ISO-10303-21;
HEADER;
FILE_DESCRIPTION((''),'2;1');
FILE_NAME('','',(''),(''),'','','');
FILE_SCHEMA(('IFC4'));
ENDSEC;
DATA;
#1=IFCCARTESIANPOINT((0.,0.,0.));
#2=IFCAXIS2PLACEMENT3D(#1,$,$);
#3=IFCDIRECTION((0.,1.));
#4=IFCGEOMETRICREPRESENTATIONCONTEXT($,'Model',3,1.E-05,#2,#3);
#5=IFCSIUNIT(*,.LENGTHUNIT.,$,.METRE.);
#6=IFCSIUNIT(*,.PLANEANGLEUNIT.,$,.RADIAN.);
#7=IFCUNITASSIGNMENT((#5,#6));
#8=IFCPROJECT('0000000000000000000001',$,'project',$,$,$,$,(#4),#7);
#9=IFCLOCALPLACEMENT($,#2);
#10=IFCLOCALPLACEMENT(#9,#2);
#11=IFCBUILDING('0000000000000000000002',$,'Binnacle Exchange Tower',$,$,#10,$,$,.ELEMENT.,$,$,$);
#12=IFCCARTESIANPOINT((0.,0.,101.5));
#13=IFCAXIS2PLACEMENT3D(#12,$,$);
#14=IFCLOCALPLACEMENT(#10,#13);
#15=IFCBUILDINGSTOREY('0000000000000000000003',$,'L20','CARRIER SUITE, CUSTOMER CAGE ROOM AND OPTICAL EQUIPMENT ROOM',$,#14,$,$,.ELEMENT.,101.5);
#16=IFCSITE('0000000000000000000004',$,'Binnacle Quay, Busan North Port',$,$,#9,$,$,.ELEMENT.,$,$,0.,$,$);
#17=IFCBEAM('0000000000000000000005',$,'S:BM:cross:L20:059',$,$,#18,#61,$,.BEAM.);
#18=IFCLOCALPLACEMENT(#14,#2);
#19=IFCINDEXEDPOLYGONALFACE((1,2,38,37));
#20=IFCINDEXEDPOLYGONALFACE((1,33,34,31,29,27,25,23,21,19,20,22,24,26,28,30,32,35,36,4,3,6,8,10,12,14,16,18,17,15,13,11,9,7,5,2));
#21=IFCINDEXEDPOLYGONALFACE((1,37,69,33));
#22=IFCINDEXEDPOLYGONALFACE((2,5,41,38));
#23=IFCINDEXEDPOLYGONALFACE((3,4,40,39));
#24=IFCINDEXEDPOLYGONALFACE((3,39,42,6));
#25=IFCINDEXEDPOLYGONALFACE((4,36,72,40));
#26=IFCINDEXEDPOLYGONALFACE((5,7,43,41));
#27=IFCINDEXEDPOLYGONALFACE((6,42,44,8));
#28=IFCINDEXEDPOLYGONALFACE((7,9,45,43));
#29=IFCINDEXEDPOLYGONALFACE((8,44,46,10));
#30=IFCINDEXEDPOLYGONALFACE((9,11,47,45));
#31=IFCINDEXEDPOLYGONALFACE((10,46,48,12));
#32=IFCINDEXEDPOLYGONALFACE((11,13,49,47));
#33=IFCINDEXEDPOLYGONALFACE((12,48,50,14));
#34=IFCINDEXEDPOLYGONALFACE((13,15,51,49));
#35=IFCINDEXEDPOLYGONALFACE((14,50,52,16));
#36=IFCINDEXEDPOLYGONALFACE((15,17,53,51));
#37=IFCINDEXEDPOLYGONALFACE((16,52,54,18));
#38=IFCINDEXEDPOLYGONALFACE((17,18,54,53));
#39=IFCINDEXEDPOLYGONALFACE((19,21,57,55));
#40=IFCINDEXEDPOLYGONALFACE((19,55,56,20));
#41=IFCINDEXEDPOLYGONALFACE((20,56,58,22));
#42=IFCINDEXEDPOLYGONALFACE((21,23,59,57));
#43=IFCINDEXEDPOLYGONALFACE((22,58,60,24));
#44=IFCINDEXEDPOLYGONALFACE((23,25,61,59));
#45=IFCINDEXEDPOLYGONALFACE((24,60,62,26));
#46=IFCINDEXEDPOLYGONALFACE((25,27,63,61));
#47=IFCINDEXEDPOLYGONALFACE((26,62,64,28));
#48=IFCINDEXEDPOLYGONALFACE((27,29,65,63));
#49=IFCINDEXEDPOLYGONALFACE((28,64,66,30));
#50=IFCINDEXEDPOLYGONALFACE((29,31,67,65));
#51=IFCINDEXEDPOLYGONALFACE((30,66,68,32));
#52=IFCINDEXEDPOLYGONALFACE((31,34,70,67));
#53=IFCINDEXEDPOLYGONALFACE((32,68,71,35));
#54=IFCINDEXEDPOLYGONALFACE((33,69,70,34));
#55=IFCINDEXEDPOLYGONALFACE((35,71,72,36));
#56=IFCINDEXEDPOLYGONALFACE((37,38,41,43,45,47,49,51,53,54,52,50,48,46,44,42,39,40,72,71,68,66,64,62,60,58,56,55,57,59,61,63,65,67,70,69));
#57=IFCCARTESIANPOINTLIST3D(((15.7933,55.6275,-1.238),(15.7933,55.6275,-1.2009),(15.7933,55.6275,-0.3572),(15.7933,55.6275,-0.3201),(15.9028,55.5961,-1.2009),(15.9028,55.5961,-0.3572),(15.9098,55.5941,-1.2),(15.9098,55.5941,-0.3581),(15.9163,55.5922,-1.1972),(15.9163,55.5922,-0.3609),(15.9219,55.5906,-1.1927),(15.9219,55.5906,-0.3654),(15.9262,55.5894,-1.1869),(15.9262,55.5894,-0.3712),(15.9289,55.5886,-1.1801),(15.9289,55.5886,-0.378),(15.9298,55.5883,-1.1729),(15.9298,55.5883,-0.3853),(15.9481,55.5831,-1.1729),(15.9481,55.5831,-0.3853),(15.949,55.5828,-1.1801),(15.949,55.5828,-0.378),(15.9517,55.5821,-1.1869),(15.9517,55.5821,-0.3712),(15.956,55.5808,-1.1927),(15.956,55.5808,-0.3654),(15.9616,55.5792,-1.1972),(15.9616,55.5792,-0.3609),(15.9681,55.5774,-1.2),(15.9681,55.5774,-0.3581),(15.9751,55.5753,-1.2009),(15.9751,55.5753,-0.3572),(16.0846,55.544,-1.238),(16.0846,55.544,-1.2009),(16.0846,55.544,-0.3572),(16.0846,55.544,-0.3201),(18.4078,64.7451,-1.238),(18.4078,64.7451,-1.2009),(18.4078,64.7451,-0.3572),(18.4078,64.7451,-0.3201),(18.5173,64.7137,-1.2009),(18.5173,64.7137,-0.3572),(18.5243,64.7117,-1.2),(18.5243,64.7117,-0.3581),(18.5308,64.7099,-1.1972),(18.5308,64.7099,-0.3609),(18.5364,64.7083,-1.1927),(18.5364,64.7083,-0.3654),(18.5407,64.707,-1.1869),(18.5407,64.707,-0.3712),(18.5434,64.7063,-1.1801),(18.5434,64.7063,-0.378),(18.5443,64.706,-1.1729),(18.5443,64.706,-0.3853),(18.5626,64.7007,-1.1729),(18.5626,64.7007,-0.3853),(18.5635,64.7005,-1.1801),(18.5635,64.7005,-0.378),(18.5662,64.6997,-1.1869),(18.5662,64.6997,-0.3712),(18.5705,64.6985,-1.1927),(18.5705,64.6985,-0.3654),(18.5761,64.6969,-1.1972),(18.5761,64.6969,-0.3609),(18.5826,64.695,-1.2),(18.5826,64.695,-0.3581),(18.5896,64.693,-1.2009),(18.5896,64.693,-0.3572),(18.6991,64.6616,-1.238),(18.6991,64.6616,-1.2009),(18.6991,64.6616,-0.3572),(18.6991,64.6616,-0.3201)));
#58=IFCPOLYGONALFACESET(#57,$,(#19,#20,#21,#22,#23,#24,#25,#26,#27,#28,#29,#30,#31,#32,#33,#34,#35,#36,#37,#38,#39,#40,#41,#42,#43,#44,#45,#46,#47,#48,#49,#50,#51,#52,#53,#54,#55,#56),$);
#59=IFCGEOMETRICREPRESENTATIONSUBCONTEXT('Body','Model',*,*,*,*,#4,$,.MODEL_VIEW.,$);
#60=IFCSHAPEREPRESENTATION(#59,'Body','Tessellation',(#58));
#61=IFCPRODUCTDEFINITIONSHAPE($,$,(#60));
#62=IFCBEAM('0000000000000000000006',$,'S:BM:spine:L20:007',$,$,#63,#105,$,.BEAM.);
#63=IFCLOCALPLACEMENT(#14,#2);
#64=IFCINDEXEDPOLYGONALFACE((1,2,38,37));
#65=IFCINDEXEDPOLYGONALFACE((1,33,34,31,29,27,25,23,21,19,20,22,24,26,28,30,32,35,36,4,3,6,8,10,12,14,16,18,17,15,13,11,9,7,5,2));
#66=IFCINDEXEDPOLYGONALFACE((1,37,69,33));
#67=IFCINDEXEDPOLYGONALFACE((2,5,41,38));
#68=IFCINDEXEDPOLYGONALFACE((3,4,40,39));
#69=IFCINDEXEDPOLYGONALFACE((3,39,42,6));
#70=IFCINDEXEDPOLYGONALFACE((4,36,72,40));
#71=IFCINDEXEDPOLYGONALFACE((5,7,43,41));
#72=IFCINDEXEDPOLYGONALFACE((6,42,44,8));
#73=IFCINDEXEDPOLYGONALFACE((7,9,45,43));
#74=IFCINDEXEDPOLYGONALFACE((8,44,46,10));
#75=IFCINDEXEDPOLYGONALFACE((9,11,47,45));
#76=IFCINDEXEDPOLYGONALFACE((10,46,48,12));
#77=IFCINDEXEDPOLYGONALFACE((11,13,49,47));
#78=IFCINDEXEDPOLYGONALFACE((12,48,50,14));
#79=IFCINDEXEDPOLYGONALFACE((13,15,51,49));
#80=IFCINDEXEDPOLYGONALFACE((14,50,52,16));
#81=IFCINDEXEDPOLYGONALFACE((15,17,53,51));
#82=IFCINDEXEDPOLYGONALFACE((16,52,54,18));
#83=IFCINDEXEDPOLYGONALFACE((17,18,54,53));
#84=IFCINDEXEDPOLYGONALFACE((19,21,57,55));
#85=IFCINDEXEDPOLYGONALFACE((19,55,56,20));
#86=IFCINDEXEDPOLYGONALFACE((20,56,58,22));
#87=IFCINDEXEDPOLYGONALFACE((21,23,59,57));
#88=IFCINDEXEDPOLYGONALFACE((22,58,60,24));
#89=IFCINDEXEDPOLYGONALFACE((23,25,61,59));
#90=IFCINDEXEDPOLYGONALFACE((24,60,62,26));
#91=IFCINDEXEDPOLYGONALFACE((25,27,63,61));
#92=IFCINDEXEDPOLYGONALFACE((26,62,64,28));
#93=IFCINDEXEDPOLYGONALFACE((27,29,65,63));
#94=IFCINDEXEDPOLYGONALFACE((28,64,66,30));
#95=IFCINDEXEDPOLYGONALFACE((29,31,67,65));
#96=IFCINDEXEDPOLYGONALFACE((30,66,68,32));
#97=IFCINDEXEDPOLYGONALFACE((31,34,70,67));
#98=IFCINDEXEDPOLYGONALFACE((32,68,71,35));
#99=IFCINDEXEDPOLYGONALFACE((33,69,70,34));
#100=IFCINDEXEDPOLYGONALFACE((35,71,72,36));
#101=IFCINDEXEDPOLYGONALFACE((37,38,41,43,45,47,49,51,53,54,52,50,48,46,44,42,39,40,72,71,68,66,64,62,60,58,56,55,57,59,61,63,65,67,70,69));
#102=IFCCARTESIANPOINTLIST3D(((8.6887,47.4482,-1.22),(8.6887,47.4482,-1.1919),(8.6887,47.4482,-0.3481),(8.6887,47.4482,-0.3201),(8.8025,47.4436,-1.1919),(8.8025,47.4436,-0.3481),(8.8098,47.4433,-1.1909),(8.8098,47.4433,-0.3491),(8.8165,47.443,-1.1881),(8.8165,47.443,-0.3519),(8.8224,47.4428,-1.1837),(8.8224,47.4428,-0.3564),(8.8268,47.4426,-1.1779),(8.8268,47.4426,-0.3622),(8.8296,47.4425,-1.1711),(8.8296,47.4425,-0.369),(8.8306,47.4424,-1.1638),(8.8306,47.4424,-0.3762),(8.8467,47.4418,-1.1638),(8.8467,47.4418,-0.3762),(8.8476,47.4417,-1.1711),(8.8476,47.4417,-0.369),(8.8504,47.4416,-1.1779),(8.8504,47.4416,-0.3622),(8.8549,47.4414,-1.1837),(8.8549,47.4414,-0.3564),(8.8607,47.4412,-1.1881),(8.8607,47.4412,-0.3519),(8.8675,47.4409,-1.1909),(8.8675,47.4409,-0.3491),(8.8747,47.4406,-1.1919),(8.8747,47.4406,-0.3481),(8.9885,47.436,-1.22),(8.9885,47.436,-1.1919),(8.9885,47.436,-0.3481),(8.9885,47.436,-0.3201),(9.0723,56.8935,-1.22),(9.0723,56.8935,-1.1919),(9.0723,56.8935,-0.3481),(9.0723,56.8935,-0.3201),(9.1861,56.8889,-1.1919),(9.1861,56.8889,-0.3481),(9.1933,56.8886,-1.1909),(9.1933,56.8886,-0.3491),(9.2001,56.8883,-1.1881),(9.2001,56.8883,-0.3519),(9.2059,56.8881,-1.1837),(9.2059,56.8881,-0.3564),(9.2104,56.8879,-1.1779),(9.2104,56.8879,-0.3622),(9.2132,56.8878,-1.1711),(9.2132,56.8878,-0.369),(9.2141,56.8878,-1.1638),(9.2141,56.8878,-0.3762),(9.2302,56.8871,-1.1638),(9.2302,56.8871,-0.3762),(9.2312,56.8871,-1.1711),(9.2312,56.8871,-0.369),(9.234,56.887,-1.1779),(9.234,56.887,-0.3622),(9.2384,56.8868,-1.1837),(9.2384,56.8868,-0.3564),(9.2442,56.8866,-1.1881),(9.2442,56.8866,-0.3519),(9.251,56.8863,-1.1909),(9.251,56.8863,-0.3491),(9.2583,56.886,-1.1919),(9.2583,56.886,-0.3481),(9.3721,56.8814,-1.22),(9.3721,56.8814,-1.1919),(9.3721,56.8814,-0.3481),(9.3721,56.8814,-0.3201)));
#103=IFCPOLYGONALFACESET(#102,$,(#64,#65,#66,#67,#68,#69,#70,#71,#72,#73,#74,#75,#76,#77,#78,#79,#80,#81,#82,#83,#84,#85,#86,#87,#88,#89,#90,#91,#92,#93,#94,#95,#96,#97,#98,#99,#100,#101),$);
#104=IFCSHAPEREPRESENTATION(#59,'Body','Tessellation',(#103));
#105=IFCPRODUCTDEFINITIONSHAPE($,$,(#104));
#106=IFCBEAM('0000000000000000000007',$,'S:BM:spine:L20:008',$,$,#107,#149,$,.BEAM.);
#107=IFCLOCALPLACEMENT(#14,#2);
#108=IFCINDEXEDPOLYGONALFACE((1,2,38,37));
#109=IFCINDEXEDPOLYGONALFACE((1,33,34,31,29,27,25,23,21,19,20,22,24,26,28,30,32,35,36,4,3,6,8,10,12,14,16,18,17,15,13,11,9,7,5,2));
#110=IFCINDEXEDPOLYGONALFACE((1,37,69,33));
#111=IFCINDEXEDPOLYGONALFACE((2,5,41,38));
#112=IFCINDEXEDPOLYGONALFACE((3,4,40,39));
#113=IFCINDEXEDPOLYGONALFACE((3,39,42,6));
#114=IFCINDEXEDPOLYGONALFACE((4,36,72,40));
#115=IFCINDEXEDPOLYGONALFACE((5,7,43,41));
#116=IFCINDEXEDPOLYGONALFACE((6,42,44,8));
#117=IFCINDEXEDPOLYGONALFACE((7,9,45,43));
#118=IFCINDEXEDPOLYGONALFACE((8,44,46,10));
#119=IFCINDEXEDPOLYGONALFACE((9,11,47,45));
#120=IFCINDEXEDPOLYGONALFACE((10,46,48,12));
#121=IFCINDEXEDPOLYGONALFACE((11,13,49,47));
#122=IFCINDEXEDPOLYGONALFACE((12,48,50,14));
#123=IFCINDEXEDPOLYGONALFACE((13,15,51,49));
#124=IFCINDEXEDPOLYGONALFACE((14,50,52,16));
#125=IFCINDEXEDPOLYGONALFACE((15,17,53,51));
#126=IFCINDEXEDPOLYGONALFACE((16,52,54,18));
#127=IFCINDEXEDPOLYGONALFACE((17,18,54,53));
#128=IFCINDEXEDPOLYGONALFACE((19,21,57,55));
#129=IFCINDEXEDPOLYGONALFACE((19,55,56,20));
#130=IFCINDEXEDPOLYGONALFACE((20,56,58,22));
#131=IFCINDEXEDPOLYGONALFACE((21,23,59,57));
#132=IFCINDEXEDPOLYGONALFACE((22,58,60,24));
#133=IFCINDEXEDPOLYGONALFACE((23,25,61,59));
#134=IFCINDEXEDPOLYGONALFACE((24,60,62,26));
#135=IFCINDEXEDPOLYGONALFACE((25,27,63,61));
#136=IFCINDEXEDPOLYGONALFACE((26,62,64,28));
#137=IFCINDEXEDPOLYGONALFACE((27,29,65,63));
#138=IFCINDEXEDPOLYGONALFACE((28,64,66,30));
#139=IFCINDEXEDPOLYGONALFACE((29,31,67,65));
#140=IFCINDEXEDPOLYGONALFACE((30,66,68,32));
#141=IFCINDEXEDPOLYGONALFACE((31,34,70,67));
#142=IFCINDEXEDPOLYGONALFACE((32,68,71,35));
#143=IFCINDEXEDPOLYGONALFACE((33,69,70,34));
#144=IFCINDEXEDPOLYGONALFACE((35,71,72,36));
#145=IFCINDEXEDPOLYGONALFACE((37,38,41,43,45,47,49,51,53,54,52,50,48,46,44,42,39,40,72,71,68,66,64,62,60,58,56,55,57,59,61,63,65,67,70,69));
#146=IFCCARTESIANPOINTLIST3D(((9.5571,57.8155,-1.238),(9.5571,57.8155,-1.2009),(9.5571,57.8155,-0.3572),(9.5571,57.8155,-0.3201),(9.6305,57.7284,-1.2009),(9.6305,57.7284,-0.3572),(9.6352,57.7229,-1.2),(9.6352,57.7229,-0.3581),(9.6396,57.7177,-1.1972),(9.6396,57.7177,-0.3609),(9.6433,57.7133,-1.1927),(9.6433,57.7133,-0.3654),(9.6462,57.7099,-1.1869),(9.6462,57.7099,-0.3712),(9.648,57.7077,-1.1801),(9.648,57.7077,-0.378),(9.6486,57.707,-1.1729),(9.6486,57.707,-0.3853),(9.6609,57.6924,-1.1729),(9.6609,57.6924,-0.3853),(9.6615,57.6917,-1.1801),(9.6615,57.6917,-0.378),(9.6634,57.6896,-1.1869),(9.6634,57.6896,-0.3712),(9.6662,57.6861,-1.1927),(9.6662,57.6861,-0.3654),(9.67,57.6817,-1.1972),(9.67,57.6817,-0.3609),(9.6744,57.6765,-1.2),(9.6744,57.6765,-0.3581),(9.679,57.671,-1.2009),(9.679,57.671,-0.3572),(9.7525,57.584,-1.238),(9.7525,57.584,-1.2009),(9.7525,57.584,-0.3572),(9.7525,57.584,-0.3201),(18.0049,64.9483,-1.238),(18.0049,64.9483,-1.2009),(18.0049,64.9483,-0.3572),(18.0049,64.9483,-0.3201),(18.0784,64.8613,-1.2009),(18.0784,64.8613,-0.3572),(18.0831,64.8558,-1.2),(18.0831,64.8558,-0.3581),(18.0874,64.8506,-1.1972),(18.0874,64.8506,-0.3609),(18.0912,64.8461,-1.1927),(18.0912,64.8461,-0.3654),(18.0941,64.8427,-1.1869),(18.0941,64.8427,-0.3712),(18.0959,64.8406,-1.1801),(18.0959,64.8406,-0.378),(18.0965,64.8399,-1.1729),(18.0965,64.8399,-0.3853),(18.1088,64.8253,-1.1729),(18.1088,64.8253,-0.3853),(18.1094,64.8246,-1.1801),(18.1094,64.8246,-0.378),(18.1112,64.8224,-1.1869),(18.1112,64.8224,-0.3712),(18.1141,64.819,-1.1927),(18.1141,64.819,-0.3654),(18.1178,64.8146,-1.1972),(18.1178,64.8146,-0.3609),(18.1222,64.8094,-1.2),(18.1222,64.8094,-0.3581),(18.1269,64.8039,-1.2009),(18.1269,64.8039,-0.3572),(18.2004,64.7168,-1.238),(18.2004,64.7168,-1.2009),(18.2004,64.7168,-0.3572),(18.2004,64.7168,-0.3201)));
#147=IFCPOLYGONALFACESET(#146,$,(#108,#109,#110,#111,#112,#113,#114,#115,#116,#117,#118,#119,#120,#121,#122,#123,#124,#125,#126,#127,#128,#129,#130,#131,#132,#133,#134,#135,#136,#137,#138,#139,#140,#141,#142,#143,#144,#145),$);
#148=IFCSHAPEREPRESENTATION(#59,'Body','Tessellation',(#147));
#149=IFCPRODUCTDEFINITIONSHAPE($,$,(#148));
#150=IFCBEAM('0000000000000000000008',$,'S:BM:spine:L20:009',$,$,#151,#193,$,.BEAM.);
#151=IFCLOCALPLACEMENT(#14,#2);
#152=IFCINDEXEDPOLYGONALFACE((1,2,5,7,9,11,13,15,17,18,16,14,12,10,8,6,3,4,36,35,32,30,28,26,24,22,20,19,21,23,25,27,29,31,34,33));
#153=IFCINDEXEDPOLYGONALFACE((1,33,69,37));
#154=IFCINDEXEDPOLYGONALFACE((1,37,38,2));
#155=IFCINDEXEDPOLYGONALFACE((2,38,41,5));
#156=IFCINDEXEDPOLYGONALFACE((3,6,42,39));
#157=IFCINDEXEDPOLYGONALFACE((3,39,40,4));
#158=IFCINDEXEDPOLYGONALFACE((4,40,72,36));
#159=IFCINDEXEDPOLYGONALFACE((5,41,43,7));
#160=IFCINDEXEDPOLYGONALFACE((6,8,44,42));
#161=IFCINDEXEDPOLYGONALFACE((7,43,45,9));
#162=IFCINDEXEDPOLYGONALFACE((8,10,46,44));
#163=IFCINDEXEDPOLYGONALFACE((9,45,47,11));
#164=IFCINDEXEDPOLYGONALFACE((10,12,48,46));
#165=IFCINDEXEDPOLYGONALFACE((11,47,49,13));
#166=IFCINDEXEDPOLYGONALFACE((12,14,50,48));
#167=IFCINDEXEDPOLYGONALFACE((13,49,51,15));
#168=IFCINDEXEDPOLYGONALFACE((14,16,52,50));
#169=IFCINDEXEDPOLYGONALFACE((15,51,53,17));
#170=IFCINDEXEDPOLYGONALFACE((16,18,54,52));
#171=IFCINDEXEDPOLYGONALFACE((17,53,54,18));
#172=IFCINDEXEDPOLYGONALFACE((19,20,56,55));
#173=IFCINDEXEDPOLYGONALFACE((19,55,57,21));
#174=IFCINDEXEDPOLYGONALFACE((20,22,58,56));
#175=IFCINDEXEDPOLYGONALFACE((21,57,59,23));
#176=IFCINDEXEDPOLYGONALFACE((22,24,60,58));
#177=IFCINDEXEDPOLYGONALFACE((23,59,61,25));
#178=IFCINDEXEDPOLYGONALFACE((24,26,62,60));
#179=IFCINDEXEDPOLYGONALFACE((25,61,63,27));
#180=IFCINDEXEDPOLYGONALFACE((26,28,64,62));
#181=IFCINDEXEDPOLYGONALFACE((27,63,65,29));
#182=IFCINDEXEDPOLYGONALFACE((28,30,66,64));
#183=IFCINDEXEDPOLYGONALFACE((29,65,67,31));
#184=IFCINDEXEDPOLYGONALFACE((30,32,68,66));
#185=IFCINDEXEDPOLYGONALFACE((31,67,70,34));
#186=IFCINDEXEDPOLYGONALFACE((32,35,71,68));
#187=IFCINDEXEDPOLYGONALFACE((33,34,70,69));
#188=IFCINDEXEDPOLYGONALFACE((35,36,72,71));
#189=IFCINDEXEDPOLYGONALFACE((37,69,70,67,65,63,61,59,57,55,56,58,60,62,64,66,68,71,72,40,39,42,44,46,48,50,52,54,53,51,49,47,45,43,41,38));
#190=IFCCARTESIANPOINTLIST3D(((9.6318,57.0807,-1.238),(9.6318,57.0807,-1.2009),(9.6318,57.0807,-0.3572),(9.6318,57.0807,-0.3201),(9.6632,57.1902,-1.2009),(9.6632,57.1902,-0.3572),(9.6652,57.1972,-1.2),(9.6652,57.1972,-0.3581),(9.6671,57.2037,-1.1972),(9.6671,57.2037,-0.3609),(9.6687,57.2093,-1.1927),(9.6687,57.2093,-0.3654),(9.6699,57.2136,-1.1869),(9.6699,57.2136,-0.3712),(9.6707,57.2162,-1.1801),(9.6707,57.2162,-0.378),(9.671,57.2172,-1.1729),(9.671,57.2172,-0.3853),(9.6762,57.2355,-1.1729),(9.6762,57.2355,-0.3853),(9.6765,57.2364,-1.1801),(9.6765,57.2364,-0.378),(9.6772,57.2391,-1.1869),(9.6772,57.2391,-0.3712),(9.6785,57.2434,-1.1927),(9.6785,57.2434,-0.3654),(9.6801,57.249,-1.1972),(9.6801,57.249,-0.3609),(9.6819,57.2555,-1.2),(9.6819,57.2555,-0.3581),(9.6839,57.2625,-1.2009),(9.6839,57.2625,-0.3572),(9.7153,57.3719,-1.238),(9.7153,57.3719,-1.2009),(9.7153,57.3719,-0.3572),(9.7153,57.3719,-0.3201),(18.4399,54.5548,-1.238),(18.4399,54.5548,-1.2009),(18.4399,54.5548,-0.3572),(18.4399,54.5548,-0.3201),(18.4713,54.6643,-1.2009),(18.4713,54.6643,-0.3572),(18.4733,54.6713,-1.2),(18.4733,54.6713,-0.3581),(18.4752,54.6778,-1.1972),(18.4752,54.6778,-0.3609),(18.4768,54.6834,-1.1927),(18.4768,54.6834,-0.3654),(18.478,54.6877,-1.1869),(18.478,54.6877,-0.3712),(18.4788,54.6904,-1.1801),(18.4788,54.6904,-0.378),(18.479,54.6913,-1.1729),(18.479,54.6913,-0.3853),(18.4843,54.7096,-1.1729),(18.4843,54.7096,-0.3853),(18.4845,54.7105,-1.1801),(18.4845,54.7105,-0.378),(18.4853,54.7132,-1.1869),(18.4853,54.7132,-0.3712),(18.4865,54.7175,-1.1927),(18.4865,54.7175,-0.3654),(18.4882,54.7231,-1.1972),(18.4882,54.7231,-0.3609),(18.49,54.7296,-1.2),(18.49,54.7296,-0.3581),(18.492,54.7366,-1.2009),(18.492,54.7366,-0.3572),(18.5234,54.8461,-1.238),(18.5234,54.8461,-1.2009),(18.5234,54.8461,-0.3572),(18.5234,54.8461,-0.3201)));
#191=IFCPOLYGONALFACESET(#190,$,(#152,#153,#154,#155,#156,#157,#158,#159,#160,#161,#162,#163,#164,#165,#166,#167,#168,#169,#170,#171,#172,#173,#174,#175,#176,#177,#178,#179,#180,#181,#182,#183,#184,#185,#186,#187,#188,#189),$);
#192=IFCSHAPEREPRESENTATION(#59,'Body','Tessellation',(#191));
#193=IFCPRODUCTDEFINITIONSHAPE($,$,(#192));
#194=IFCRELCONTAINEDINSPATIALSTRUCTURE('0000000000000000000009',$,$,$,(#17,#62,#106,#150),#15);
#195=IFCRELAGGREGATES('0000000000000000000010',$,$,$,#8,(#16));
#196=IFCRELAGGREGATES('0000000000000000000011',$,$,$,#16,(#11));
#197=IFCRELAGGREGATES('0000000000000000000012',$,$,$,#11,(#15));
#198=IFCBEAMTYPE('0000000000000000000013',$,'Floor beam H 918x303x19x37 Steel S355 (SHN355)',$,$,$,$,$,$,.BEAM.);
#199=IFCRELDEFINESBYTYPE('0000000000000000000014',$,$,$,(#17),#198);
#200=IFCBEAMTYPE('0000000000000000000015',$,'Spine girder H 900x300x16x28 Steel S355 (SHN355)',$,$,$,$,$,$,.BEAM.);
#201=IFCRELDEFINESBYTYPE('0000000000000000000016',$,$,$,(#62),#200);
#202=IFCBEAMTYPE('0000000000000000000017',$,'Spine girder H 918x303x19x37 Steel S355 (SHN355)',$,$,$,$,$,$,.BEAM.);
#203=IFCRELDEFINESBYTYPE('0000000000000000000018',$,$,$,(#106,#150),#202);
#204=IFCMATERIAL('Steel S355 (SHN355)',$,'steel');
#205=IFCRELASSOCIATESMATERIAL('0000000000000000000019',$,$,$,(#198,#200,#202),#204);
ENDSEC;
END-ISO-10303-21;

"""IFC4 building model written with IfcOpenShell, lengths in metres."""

from ifc_helpers import new_model, si_unit, direction, frame, origin, origin_2d, place, context, subcontext, project, spatial, i_section, extrude, material, material_profile, profile_set, type_object, element, save


model = new_model("IFC4")

# Units and contexts
model_context = context("Model", 3, precision=1e-05, world=origin(), true_north=direction((0.0, 1.0)))
body_context = subcontext(model_context, "Body", "Model", "MODEL_VIEW")
ifc_project = project(units=[si_unit("LENGTHUNIT", "METRE"), si_unit("PLANEANGLEUNIT", "RADIAN")], contexts=[model_context])

# Site, building, storey
site_placement = place(None, origin())
site = spatial("IfcSite", under=ifc_project, at=site_placement, Name="Binnacle Quay, Busan North Port", CompositionType="ELEMENT", RefElevation=0.0)
building_placement = place(site_placement, origin())
building = spatial("IfcBuilding", under=site, at=building_placement, Name="Binnacle Exchange Tower", CompositionType="ELEMENT")
storey_placement = place(building_placement, frame((0.0, 0.0, 101.5)))
storey = spatial("IfcBuildingStorey", under=building, at=storey_placement, Name="L20", Description="CARRIER SUITE, CUSTOMER CAGE ROOM AND OPTICAL EQUIPMENT ROOM", CompositionType="ELEMENT", Elevation=101.5)

# Beams
ifc_material_1 = material(Name="Steel S355 (SHN355)", Category="steel")
ifc_material_profile_1 = material_profile(ifc_material_1, i_section(OverallWidth=0.303, OverallDepth=0.918, WebThickness=0.019, FlangeThickness=0.0371, FilletRadius=0.0281, at=origin_2d()), Name="H 918x303x19x37")
ifc_profile_set_1 = profile_set([ifc_material_profile_1], Name="Steel S355 (SHN355)")
beam_type_1 = type_object("IfcBeamType", Name="Floor beam H 918x303x19x37 Steel S355 (SHN355)", PredefinedType="BEAM", material=ifc_profile_set_1)
beam_1_placement = place(storey_placement, frame((18.5535, 64.7034, -0.7791), z_axis=(-0.275642, -0.96126, 0.0), x_axis=(0.96126, -0.275642, 0.0)))
element("IfcBeam", 1, at=beam_1_placement, inside=storey, type_object=beam_type_1, Name="S:BM:cross:L20:059", PredefinedType="BEAM", context=body_context, shape_type="SweptSolid", body=[
    extrude(i_section(OverallWidth=0.303, OverallDepth=0.918, WebThickness=0.019, FlangeThickness=0.0371, FilletRadius=0.0281, at=origin_2d()), origin(), (0.0, 0.0, 1.0), 9.4851),
])
ifc_material_profile_2 = material_profile(ifc_material_1, i_section(OverallWidth=0.3, OverallDepth=0.8999, WebThickness=0.0161, FlangeThickness=0.0281, FilletRadius=0.0281, at=origin_2d()), Name="H 900x300x16x28")
ifc_profile_set_2 = profile_set([ifc_material_profile_2], Name="Steel S355 (SHN355)")
beam_type_2 = type_object("IfcBeamType", Name="Spine girder H 900x300x16x28 Steel S355 (SHN355)", PredefinedType="BEAM", material=ifc_profile_set_2)
beam_2_placement = place(storey_placement, frame((9.2222, 56.8875, -0.77), z_axis=(-0.040573, -0.999177, 0.0), x_axis=(0.999177, -0.040573, 0.0)))
element("IfcBeam", 2, at=beam_2_placement, inside=storey, type_object=beam_type_2, Name="S:BM:spine:L20:007", PredefinedType="BEAM", context=body_context, shape_type="SweptSolid", body=[
    extrude(i_section(OverallWidth=0.3, OverallDepth=0.8999, WebThickness=0.0161, FlangeThickness=0.0281, FilletRadius=0.0281, at=origin_2d()), origin(), (0.0, 0.0, 1.0), 9.4531),
])
ifc_material_profile_3 = material_profile(ifc_material_1, i_section(OverallWidth=0.303, OverallDepth=0.918, WebThickness=0.019, FlangeThickness=0.0371, FilletRadius=0.0281, at=origin_2d()), Name="H 918x303x19x37")
ifc_profile_set_3 = profile_set([ifc_material_profile_3], Name="Steel S355 (SHN355)")
beam_type_3 = type_object("IfcBeamType", Name="Spine girder H 918x303x19x37 Steel S355 (SHN355)", PredefinedType="BEAM", material=ifc_profile_set_3)
beam_3_placement = place(storey_placement, frame((9.6548, 57.6997, -0.7791), z_axis=(0.764068, 0.645136, 0.0), x_axis=(-0.645136, 0.764068, 0.0)))
element("IfcBeam", 3, at=beam_3_placement, inside=storey, type_object=beam_type_3, Name="S:BM:spine:L20:008", PredefinedType="BEAM", context=body_context, shape_type="SweptSolid", body=[
    extrude(i_section(OverallWidth=0.303, OverallDepth=0.918, WebThickness=0.019, FlangeThickness=0.0371, FilletRadius=0.0281, at=origin_2d()), origin(), (0.0, 0.0, 1.0), 11.0564),
])
beam_4_placement = place(storey_placement, frame((9.6736, 57.2263, -0.7791), z_axis=(0.961256, -0.275657, 0.0), x_axis=(0.275657, 0.961256, 0.0)))
element("IfcBeam", 4, at=beam_4_placement, inside=storey, type_object=beam_type_3, Name="S:BM:spine:L20:009", PredefinedType="BEAM", context=body_context, shape_type="SweptSolid", body=[
    extrude(i_section(OverallWidth=0.303, OverallDepth=0.918, WebThickness=0.019, FlangeThickness=0.0371, FilletRadius=0.0281, at=origin_2d()), origin(), (0.0, 0.0, 1.0), 9.1631),
])

save(model, "model.ifc")
